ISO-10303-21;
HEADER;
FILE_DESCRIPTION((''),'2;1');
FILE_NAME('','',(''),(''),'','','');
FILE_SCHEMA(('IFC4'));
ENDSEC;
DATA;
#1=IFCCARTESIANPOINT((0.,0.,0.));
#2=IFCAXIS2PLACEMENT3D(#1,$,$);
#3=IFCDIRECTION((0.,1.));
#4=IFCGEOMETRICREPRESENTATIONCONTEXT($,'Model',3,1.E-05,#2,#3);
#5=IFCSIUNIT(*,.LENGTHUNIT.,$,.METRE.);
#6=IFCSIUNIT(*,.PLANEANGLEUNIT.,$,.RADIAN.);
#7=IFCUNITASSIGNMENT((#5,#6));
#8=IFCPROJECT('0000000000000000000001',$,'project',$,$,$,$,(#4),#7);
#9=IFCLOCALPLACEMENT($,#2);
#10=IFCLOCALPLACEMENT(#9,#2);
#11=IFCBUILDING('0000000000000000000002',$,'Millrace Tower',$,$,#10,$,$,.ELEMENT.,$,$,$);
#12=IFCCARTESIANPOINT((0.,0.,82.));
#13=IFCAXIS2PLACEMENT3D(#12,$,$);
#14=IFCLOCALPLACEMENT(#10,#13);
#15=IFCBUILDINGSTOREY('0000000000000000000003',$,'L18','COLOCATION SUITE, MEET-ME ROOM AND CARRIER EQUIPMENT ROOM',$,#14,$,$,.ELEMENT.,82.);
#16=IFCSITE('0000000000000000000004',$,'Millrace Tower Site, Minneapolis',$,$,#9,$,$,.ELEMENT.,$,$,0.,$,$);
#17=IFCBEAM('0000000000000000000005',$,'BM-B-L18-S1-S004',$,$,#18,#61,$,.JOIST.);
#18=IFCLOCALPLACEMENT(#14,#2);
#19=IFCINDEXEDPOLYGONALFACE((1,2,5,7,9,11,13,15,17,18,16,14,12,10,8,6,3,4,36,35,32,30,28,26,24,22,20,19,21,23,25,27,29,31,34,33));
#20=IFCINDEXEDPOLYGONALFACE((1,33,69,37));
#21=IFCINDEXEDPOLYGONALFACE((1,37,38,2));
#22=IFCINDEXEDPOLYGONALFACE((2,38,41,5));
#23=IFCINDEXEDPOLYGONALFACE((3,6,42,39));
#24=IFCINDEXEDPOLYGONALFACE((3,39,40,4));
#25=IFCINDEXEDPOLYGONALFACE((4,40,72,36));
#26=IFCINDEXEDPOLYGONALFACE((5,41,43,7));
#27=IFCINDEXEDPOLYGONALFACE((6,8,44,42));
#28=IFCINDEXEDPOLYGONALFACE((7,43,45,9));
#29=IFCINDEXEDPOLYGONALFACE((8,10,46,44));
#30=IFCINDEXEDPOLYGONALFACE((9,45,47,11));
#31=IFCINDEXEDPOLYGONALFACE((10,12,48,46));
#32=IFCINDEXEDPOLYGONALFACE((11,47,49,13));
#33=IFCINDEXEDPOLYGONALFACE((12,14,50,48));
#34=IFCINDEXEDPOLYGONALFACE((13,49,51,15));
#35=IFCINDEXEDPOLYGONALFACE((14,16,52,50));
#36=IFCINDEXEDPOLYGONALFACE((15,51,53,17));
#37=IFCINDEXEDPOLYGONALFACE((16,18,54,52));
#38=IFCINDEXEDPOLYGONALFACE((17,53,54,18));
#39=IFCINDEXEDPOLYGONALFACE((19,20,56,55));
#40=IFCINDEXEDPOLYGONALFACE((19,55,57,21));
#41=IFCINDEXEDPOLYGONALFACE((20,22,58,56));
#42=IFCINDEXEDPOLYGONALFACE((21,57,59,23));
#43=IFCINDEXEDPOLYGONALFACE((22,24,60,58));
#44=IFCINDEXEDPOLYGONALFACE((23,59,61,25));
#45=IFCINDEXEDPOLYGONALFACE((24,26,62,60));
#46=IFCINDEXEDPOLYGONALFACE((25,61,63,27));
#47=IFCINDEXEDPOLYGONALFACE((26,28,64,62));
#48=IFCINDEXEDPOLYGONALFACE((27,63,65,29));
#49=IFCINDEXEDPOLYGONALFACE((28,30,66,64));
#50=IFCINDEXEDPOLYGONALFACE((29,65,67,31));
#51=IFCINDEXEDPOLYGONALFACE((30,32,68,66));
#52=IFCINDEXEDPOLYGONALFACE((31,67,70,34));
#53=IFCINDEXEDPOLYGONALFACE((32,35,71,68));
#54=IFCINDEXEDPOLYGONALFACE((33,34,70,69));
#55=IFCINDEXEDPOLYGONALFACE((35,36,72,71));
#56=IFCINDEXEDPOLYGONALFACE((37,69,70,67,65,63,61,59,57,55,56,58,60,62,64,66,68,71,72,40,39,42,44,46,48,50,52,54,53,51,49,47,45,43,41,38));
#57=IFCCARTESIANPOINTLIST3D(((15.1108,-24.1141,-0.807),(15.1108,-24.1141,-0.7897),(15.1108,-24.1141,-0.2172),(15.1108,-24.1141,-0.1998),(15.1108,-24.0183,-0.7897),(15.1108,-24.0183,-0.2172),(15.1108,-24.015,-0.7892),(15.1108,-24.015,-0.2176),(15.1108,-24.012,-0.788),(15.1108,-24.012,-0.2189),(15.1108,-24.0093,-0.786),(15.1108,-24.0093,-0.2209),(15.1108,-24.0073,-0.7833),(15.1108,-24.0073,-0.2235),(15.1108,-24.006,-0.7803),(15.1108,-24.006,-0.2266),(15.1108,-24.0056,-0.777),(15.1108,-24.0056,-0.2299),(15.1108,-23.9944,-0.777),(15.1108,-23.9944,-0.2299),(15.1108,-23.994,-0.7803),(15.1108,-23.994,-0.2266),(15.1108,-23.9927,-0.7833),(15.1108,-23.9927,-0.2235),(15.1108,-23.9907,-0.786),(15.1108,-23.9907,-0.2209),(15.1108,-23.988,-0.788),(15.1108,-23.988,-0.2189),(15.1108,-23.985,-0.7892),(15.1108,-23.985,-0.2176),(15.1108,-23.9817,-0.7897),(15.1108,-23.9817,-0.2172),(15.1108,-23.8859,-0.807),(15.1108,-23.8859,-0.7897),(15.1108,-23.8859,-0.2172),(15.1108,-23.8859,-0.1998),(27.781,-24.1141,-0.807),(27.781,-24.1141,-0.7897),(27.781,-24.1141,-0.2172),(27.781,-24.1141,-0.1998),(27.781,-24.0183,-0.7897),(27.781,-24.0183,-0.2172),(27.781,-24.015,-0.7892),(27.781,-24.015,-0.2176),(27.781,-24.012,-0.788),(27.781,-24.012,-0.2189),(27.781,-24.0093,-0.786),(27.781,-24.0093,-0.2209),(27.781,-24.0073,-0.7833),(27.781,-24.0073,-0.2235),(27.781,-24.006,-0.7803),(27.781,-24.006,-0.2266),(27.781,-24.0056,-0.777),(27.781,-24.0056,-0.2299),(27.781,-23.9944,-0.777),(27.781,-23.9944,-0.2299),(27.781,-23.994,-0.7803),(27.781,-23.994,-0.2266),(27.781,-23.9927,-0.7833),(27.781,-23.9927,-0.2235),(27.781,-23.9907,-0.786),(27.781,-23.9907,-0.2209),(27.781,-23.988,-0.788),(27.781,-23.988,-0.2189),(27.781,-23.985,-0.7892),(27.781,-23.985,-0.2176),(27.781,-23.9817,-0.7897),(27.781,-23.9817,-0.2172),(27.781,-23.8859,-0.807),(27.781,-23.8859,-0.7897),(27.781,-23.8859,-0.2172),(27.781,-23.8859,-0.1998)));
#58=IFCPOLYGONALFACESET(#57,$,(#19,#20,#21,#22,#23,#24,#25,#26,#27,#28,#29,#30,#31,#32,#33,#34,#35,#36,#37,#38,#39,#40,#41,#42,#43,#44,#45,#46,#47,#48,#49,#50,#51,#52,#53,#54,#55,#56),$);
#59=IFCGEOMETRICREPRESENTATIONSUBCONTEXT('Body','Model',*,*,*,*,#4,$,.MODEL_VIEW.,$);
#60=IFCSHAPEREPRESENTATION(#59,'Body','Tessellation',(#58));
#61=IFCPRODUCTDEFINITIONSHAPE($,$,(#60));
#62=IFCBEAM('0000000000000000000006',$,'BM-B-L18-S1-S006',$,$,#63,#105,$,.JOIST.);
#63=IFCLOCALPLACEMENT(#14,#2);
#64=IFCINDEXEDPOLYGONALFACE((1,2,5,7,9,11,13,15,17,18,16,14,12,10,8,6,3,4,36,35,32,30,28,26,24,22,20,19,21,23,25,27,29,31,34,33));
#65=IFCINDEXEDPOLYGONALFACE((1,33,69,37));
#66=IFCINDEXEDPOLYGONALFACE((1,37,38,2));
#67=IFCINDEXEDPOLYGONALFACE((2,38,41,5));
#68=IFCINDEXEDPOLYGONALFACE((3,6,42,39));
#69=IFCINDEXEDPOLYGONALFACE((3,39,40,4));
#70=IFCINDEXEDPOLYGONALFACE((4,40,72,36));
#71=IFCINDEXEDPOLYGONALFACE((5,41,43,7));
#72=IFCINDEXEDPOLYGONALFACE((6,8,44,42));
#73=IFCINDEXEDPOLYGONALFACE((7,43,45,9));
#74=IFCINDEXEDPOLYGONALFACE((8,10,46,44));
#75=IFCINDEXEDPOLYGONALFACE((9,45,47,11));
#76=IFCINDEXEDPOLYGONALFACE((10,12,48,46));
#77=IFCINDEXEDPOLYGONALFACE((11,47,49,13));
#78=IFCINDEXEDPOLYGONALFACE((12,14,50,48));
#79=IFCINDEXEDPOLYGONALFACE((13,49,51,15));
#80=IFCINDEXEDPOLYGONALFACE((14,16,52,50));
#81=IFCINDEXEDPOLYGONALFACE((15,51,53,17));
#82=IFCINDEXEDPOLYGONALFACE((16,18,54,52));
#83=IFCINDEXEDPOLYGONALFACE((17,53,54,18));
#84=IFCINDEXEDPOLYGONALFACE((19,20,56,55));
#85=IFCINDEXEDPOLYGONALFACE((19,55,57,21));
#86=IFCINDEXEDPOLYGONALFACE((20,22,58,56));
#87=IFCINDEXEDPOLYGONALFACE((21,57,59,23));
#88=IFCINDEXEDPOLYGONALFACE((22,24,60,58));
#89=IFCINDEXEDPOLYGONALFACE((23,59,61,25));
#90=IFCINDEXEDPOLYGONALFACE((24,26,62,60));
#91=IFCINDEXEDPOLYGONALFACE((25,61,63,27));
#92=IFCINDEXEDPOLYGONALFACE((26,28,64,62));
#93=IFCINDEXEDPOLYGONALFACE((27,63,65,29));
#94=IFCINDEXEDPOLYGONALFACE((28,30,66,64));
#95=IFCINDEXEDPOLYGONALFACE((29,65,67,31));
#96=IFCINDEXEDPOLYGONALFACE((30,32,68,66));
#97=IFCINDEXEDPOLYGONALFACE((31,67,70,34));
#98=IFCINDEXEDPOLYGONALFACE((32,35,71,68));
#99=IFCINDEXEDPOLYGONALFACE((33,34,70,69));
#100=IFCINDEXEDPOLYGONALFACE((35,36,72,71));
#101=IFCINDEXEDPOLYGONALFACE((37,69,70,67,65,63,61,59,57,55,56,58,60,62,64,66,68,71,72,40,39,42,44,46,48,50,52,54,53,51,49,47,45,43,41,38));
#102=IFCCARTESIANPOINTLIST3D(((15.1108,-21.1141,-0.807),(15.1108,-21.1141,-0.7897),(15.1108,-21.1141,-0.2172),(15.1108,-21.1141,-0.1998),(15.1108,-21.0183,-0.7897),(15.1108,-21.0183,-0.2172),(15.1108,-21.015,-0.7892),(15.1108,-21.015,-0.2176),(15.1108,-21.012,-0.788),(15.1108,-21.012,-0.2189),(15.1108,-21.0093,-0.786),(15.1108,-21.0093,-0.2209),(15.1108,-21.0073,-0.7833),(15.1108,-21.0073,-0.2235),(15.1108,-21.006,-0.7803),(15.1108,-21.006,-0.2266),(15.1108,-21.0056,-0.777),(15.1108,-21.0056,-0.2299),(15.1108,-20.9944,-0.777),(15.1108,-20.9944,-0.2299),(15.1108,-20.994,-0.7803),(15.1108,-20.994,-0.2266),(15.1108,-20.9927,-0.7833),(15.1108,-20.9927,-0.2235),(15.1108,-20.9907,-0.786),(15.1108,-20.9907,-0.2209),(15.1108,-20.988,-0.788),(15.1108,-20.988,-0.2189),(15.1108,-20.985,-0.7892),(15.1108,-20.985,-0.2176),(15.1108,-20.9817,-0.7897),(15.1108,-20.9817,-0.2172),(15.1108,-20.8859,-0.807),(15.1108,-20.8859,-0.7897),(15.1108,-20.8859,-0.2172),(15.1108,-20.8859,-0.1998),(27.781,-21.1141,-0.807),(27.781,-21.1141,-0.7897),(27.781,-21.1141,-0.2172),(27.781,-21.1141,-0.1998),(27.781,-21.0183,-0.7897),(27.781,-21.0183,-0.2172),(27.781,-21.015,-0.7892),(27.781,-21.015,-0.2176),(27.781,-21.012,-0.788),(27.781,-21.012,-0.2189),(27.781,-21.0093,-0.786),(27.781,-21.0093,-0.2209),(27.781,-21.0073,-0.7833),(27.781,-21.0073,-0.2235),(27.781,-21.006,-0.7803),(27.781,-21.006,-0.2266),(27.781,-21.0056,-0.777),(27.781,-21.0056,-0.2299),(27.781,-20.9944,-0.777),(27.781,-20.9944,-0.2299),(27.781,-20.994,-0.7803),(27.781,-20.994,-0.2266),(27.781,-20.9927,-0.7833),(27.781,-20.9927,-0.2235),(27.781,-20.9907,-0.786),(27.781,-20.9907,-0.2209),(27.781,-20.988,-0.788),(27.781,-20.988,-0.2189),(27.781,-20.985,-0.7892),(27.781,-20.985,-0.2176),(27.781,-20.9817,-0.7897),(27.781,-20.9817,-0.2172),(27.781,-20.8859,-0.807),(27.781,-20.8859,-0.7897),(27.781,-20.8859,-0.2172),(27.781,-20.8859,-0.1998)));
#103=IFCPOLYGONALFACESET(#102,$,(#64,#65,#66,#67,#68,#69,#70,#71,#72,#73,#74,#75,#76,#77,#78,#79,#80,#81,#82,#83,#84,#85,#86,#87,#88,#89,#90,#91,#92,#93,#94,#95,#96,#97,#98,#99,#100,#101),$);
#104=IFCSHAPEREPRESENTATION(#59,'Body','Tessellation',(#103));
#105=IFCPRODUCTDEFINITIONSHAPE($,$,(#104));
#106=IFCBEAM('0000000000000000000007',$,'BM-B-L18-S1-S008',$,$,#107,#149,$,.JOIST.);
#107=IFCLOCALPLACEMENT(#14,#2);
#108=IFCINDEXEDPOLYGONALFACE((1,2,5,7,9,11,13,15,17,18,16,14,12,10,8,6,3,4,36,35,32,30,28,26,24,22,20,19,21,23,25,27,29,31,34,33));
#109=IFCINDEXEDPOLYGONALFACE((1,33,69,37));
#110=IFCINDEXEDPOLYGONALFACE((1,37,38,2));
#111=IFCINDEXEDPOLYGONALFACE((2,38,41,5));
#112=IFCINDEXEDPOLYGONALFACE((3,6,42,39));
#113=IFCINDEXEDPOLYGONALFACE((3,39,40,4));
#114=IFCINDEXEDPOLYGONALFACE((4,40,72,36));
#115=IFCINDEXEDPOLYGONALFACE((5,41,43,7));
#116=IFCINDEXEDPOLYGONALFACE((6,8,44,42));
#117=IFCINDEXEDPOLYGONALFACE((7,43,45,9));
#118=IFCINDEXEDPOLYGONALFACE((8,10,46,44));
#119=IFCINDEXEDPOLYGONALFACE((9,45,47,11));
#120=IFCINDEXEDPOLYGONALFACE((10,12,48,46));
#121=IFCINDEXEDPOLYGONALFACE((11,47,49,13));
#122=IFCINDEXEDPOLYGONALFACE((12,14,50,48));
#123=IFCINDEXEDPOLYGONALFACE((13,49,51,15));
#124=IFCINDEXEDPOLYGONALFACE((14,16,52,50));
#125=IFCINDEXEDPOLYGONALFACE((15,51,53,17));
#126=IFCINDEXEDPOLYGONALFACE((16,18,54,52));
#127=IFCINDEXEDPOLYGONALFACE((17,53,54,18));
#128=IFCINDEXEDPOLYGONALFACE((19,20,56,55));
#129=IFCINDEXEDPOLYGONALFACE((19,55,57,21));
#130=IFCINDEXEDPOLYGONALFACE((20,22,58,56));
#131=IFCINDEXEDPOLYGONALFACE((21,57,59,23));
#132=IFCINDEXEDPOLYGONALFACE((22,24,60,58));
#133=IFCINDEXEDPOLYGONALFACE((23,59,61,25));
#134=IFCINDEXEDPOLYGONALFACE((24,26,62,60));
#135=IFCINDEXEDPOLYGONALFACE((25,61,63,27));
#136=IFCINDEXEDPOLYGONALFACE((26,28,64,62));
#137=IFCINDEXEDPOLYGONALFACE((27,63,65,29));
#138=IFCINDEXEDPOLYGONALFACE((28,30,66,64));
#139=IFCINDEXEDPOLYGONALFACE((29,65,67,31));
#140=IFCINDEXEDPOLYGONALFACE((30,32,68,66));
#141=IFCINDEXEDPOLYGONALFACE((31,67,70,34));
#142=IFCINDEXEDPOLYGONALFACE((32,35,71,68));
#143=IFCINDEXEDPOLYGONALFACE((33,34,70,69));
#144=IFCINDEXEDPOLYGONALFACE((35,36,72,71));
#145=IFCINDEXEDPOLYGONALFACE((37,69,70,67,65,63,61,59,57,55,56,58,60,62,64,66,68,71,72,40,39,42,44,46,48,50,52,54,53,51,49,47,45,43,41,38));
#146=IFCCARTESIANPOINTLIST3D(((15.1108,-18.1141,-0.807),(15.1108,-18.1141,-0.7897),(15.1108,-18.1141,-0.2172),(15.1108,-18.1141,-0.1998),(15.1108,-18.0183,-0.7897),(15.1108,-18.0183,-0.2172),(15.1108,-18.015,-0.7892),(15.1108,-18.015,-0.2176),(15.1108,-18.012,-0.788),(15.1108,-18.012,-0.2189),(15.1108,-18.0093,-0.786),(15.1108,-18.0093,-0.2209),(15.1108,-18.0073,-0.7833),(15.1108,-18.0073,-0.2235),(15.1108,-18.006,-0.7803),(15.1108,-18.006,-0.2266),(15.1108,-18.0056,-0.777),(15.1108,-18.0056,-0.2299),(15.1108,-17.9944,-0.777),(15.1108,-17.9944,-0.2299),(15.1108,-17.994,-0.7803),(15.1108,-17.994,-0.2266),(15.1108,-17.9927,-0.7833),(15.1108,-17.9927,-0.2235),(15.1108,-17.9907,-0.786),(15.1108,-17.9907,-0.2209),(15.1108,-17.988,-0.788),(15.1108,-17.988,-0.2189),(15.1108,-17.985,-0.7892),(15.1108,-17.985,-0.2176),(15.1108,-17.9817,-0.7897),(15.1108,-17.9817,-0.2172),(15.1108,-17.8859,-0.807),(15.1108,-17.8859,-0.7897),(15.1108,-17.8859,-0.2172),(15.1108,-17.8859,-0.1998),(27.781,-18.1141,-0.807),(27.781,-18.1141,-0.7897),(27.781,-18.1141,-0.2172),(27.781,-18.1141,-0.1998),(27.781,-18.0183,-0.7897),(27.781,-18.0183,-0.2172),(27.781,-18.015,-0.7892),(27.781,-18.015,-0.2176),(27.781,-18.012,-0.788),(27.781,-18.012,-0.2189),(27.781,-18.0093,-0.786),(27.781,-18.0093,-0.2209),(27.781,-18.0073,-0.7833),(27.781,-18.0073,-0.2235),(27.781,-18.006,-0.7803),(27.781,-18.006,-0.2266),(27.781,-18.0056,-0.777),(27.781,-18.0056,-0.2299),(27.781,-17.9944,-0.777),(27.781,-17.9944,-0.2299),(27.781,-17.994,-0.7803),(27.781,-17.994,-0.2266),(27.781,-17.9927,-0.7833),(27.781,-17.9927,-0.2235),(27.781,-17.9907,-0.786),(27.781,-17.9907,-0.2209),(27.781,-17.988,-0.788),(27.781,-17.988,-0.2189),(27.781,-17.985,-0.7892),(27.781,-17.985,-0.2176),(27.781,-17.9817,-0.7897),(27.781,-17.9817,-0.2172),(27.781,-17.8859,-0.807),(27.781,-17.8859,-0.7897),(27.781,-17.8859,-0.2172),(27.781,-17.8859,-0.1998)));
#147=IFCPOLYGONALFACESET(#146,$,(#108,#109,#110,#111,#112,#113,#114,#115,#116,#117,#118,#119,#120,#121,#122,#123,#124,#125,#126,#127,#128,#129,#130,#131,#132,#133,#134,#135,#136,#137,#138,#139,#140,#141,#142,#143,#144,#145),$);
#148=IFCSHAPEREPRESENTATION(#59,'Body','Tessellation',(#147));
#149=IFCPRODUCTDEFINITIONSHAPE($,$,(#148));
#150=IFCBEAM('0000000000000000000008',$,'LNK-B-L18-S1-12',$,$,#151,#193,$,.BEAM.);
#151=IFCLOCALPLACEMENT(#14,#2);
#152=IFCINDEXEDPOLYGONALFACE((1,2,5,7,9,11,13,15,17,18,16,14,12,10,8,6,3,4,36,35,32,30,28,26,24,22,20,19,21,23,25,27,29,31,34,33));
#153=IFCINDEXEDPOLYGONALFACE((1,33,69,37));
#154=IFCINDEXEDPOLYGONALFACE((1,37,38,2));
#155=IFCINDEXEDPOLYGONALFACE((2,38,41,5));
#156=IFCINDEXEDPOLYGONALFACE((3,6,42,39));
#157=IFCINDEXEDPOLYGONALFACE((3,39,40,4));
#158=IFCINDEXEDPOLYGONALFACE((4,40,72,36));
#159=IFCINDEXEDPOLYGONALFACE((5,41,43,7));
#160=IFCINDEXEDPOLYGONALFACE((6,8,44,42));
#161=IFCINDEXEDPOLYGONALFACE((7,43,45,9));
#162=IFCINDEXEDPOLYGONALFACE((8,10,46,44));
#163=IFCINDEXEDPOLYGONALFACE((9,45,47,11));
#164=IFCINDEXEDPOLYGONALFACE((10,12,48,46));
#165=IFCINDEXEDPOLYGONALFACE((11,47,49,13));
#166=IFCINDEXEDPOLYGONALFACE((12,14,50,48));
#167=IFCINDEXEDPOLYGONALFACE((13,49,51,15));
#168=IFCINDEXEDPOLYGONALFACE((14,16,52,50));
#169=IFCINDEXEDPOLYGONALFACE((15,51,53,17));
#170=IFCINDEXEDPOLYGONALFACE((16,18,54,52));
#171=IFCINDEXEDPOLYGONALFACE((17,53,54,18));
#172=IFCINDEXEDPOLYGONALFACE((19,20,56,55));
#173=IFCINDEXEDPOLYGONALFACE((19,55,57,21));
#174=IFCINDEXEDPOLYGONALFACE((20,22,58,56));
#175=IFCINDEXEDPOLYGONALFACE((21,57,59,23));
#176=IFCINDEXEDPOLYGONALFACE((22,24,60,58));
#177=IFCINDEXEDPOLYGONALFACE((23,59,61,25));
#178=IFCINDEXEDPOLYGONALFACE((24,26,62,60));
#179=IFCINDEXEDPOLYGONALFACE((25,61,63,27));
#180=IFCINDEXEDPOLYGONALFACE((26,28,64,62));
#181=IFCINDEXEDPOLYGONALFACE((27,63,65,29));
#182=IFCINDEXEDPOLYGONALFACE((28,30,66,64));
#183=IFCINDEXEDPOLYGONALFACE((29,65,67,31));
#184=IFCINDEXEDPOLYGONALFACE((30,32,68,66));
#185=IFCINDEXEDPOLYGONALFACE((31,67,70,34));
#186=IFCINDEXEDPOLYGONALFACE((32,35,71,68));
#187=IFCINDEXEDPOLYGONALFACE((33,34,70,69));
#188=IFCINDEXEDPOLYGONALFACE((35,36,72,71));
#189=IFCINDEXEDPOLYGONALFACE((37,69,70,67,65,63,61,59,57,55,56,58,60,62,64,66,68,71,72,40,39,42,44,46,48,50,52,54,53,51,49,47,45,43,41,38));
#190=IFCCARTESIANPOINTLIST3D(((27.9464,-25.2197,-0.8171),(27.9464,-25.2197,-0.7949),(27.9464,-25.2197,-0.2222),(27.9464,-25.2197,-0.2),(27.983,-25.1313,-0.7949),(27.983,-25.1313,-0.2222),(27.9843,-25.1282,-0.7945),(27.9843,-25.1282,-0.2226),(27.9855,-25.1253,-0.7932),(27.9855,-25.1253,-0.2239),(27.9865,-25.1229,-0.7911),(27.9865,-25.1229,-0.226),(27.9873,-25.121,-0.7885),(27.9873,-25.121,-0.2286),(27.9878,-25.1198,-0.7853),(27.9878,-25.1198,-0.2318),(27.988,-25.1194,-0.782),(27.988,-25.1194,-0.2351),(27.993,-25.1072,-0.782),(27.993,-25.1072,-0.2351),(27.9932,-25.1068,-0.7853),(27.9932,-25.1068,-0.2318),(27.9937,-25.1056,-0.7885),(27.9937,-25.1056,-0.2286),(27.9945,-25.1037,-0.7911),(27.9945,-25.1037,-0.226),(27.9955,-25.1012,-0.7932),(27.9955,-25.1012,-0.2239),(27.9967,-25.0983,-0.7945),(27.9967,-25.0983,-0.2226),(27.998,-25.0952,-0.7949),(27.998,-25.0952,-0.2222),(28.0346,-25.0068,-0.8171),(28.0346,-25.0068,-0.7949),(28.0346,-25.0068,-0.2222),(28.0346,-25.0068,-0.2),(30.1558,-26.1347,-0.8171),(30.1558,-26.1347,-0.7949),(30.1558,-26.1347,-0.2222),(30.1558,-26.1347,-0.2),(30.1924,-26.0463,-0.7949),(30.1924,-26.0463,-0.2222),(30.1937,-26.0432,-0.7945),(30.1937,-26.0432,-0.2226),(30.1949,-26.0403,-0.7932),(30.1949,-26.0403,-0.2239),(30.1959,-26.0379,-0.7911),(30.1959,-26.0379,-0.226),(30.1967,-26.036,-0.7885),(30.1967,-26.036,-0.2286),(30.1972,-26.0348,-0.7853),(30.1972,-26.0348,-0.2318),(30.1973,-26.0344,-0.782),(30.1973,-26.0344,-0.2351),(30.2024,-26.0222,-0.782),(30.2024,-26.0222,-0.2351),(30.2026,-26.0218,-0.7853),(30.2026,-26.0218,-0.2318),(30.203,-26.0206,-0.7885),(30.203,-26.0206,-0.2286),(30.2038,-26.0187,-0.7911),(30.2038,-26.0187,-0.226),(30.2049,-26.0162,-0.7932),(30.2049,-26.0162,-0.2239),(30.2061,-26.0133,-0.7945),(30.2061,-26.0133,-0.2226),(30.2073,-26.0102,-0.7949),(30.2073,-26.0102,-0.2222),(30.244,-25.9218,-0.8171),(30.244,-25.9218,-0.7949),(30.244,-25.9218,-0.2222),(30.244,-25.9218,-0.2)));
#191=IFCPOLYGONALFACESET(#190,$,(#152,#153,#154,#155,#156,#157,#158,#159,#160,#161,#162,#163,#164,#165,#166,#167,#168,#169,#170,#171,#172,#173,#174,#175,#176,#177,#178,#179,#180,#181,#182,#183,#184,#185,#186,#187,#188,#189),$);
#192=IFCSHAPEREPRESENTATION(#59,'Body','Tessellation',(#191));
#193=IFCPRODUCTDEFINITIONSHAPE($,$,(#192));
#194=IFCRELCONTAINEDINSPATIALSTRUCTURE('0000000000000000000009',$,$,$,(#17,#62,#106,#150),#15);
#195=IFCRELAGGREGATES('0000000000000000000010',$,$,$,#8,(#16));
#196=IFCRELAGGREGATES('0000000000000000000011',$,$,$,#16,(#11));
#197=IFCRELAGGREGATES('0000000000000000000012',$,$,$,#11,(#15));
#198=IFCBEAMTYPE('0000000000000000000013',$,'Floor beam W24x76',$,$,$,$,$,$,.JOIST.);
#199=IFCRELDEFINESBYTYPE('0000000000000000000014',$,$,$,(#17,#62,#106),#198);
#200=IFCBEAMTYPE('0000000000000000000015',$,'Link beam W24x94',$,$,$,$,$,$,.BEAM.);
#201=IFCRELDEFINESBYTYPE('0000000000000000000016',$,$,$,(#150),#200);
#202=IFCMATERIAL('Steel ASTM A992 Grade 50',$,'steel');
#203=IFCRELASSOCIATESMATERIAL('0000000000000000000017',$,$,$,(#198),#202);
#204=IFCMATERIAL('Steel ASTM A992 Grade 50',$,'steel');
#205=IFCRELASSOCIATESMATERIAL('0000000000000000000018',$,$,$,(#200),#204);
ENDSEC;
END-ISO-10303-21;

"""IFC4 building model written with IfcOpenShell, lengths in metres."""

from ifc_helpers import new_model, si_unit, direction, frame, origin, origin_2d, place, context, subcontext, project, spatial, i_section, extrude, material, material_profile, profile_set, type_object, element, save


model = new_model("IFC4")

# Units and contexts
model_context = context("Model", 3, precision=1e-05, world=origin(), true_north=direction((0.0, 1.0)))
body_context = subcontext(model_context, "Body", "Model", "MODEL_VIEW")
ifc_project = project(units=[si_unit("LENGTHUNIT", "METRE"), si_unit("PLANEANGLEUNIT", "RADIAN")], contexts=[model_context])

# Site, building, storey
site_placement = place(None, origin())
site = spatial("IfcSite", under=ifc_project, at=site_placement, Name="Millrace Tower Site, Minneapolis", CompositionType="ELEMENT", RefElevation=0.0)
building_placement = place(site_placement, origin())
building = spatial("IfcBuilding", under=site, at=building_placement, Name="Millrace Tower", CompositionType="ELEMENT")
storey_placement = place(building_placement, frame((0.0, 0.0, 82.0)))
storey = spatial("IfcBuildingStorey", under=building, at=storey_placement, Name="L18", Description="COLOCATION SUITE, MEET-ME ROOM AND CARRIER EQUIPMENT ROOM", CompositionType="ELEMENT", Elevation=82.0)

# Beams
ifc_material_1 = material(Name="Steel ASTM A992 Grade 50", Category="steel")
ifc_material_profile_1 = material_profile(ifc_material_1, i_section(OverallWidth=0.2283, OverallDepth=0.6072, WebThickness=0.0112, FlangeThickness=0.0173, FilletRadius=0.0127, at=origin_2d()))
ifc_profile_set_1 = profile_set([ifc_material_profile_1], Name="Steel ASTM A992 Grade 50")
beam_type_1 = type_object("IfcBeamType", Name="Floor beam W24x76", PredefinedType="JOIST", material=ifc_profile_set_1)
for number, where, z_axis, x_axis, name in (
    (1, (15.1108, -24.0, -0.5034), (1.0, 0.0, 0.0), (0.0, 1.0, 0.0), "BM-B-L18-S1-S004"),
    (2, (15.1108, -21.0, -0.5034), (1.0, 0.0, 0.0), (0.0, 1.0, 0.0), "BM-B-L18-S1-S006"),
    (3, (15.1108, -18.0, -0.5034), (1.0, 0.0, 0.0), (0.0, 1.0, 0.0), "BM-B-L18-S1-S008"),
):
    element("IfcBeam", number, at=place(storey_placement, frame(where, z_axis=z_axis, x_axis=x_axis)), inside=storey, type_object=beam_type_1, Name=name, PredefinedType="JOIST", context=body_context, shape_type="SweptSolid", body=[
        extrude(i_section(OverallWidth=0.2283, OverallDepth=0.6072, WebThickness=0.0112, FlangeThickness=0.0173, FilletRadius=0.0127, at=origin_2d()), origin(), (0.0, 0.0, 1.0), 12.6702),
    ])
ifc_material_2 = material(Name="Steel ASTM A992 Grade 50", Category="steel")
ifc_material_profile_2 = material_profile(ifc_material_2, i_section(OverallWidth=0.2305, OverallDepth=0.6172, WebThickness=0.0132, FlangeThickness=0.0222, FilletRadius=0.0129, at=origin_2d()))
ifc_profile_set_2 = profile_set([ifc_material_profile_2], Name="Steel ASTM A992 Grade 50")
beam_type_2 = type_object("IfcBeamType", Name="Link beam W24x94", PredefinedType="BEAM", material=ifc_profile_set_2)
for number, where, z_axis, x_axis, name in (
    (4, (27.9905, -25.1133, -0.5085), (0.923902, -0.382628, 0.0), (0.382628, 0.923902, 0.0), "LNK-B-L18-S1-12"),
):
    element("IfcBeam", number, at=place(storey_placement, frame(where, z_axis=z_axis, x_axis=x_axis)), inside=storey, type_object=beam_type_2, Name=name, PredefinedType="BEAM", context=body_context, shape_type="SweptSolid", body=[
        extrude(i_section(OverallWidth=0.2305, OverallDepth=0.6172, WebThickness=0.0132, FlangeThickness=0.0222, FilletRadius=0.0129, at=origin_2d()), origin(), (0.0, 0.0, 1.0), 2.3914),
    ])

save(model, "model.ifc")
